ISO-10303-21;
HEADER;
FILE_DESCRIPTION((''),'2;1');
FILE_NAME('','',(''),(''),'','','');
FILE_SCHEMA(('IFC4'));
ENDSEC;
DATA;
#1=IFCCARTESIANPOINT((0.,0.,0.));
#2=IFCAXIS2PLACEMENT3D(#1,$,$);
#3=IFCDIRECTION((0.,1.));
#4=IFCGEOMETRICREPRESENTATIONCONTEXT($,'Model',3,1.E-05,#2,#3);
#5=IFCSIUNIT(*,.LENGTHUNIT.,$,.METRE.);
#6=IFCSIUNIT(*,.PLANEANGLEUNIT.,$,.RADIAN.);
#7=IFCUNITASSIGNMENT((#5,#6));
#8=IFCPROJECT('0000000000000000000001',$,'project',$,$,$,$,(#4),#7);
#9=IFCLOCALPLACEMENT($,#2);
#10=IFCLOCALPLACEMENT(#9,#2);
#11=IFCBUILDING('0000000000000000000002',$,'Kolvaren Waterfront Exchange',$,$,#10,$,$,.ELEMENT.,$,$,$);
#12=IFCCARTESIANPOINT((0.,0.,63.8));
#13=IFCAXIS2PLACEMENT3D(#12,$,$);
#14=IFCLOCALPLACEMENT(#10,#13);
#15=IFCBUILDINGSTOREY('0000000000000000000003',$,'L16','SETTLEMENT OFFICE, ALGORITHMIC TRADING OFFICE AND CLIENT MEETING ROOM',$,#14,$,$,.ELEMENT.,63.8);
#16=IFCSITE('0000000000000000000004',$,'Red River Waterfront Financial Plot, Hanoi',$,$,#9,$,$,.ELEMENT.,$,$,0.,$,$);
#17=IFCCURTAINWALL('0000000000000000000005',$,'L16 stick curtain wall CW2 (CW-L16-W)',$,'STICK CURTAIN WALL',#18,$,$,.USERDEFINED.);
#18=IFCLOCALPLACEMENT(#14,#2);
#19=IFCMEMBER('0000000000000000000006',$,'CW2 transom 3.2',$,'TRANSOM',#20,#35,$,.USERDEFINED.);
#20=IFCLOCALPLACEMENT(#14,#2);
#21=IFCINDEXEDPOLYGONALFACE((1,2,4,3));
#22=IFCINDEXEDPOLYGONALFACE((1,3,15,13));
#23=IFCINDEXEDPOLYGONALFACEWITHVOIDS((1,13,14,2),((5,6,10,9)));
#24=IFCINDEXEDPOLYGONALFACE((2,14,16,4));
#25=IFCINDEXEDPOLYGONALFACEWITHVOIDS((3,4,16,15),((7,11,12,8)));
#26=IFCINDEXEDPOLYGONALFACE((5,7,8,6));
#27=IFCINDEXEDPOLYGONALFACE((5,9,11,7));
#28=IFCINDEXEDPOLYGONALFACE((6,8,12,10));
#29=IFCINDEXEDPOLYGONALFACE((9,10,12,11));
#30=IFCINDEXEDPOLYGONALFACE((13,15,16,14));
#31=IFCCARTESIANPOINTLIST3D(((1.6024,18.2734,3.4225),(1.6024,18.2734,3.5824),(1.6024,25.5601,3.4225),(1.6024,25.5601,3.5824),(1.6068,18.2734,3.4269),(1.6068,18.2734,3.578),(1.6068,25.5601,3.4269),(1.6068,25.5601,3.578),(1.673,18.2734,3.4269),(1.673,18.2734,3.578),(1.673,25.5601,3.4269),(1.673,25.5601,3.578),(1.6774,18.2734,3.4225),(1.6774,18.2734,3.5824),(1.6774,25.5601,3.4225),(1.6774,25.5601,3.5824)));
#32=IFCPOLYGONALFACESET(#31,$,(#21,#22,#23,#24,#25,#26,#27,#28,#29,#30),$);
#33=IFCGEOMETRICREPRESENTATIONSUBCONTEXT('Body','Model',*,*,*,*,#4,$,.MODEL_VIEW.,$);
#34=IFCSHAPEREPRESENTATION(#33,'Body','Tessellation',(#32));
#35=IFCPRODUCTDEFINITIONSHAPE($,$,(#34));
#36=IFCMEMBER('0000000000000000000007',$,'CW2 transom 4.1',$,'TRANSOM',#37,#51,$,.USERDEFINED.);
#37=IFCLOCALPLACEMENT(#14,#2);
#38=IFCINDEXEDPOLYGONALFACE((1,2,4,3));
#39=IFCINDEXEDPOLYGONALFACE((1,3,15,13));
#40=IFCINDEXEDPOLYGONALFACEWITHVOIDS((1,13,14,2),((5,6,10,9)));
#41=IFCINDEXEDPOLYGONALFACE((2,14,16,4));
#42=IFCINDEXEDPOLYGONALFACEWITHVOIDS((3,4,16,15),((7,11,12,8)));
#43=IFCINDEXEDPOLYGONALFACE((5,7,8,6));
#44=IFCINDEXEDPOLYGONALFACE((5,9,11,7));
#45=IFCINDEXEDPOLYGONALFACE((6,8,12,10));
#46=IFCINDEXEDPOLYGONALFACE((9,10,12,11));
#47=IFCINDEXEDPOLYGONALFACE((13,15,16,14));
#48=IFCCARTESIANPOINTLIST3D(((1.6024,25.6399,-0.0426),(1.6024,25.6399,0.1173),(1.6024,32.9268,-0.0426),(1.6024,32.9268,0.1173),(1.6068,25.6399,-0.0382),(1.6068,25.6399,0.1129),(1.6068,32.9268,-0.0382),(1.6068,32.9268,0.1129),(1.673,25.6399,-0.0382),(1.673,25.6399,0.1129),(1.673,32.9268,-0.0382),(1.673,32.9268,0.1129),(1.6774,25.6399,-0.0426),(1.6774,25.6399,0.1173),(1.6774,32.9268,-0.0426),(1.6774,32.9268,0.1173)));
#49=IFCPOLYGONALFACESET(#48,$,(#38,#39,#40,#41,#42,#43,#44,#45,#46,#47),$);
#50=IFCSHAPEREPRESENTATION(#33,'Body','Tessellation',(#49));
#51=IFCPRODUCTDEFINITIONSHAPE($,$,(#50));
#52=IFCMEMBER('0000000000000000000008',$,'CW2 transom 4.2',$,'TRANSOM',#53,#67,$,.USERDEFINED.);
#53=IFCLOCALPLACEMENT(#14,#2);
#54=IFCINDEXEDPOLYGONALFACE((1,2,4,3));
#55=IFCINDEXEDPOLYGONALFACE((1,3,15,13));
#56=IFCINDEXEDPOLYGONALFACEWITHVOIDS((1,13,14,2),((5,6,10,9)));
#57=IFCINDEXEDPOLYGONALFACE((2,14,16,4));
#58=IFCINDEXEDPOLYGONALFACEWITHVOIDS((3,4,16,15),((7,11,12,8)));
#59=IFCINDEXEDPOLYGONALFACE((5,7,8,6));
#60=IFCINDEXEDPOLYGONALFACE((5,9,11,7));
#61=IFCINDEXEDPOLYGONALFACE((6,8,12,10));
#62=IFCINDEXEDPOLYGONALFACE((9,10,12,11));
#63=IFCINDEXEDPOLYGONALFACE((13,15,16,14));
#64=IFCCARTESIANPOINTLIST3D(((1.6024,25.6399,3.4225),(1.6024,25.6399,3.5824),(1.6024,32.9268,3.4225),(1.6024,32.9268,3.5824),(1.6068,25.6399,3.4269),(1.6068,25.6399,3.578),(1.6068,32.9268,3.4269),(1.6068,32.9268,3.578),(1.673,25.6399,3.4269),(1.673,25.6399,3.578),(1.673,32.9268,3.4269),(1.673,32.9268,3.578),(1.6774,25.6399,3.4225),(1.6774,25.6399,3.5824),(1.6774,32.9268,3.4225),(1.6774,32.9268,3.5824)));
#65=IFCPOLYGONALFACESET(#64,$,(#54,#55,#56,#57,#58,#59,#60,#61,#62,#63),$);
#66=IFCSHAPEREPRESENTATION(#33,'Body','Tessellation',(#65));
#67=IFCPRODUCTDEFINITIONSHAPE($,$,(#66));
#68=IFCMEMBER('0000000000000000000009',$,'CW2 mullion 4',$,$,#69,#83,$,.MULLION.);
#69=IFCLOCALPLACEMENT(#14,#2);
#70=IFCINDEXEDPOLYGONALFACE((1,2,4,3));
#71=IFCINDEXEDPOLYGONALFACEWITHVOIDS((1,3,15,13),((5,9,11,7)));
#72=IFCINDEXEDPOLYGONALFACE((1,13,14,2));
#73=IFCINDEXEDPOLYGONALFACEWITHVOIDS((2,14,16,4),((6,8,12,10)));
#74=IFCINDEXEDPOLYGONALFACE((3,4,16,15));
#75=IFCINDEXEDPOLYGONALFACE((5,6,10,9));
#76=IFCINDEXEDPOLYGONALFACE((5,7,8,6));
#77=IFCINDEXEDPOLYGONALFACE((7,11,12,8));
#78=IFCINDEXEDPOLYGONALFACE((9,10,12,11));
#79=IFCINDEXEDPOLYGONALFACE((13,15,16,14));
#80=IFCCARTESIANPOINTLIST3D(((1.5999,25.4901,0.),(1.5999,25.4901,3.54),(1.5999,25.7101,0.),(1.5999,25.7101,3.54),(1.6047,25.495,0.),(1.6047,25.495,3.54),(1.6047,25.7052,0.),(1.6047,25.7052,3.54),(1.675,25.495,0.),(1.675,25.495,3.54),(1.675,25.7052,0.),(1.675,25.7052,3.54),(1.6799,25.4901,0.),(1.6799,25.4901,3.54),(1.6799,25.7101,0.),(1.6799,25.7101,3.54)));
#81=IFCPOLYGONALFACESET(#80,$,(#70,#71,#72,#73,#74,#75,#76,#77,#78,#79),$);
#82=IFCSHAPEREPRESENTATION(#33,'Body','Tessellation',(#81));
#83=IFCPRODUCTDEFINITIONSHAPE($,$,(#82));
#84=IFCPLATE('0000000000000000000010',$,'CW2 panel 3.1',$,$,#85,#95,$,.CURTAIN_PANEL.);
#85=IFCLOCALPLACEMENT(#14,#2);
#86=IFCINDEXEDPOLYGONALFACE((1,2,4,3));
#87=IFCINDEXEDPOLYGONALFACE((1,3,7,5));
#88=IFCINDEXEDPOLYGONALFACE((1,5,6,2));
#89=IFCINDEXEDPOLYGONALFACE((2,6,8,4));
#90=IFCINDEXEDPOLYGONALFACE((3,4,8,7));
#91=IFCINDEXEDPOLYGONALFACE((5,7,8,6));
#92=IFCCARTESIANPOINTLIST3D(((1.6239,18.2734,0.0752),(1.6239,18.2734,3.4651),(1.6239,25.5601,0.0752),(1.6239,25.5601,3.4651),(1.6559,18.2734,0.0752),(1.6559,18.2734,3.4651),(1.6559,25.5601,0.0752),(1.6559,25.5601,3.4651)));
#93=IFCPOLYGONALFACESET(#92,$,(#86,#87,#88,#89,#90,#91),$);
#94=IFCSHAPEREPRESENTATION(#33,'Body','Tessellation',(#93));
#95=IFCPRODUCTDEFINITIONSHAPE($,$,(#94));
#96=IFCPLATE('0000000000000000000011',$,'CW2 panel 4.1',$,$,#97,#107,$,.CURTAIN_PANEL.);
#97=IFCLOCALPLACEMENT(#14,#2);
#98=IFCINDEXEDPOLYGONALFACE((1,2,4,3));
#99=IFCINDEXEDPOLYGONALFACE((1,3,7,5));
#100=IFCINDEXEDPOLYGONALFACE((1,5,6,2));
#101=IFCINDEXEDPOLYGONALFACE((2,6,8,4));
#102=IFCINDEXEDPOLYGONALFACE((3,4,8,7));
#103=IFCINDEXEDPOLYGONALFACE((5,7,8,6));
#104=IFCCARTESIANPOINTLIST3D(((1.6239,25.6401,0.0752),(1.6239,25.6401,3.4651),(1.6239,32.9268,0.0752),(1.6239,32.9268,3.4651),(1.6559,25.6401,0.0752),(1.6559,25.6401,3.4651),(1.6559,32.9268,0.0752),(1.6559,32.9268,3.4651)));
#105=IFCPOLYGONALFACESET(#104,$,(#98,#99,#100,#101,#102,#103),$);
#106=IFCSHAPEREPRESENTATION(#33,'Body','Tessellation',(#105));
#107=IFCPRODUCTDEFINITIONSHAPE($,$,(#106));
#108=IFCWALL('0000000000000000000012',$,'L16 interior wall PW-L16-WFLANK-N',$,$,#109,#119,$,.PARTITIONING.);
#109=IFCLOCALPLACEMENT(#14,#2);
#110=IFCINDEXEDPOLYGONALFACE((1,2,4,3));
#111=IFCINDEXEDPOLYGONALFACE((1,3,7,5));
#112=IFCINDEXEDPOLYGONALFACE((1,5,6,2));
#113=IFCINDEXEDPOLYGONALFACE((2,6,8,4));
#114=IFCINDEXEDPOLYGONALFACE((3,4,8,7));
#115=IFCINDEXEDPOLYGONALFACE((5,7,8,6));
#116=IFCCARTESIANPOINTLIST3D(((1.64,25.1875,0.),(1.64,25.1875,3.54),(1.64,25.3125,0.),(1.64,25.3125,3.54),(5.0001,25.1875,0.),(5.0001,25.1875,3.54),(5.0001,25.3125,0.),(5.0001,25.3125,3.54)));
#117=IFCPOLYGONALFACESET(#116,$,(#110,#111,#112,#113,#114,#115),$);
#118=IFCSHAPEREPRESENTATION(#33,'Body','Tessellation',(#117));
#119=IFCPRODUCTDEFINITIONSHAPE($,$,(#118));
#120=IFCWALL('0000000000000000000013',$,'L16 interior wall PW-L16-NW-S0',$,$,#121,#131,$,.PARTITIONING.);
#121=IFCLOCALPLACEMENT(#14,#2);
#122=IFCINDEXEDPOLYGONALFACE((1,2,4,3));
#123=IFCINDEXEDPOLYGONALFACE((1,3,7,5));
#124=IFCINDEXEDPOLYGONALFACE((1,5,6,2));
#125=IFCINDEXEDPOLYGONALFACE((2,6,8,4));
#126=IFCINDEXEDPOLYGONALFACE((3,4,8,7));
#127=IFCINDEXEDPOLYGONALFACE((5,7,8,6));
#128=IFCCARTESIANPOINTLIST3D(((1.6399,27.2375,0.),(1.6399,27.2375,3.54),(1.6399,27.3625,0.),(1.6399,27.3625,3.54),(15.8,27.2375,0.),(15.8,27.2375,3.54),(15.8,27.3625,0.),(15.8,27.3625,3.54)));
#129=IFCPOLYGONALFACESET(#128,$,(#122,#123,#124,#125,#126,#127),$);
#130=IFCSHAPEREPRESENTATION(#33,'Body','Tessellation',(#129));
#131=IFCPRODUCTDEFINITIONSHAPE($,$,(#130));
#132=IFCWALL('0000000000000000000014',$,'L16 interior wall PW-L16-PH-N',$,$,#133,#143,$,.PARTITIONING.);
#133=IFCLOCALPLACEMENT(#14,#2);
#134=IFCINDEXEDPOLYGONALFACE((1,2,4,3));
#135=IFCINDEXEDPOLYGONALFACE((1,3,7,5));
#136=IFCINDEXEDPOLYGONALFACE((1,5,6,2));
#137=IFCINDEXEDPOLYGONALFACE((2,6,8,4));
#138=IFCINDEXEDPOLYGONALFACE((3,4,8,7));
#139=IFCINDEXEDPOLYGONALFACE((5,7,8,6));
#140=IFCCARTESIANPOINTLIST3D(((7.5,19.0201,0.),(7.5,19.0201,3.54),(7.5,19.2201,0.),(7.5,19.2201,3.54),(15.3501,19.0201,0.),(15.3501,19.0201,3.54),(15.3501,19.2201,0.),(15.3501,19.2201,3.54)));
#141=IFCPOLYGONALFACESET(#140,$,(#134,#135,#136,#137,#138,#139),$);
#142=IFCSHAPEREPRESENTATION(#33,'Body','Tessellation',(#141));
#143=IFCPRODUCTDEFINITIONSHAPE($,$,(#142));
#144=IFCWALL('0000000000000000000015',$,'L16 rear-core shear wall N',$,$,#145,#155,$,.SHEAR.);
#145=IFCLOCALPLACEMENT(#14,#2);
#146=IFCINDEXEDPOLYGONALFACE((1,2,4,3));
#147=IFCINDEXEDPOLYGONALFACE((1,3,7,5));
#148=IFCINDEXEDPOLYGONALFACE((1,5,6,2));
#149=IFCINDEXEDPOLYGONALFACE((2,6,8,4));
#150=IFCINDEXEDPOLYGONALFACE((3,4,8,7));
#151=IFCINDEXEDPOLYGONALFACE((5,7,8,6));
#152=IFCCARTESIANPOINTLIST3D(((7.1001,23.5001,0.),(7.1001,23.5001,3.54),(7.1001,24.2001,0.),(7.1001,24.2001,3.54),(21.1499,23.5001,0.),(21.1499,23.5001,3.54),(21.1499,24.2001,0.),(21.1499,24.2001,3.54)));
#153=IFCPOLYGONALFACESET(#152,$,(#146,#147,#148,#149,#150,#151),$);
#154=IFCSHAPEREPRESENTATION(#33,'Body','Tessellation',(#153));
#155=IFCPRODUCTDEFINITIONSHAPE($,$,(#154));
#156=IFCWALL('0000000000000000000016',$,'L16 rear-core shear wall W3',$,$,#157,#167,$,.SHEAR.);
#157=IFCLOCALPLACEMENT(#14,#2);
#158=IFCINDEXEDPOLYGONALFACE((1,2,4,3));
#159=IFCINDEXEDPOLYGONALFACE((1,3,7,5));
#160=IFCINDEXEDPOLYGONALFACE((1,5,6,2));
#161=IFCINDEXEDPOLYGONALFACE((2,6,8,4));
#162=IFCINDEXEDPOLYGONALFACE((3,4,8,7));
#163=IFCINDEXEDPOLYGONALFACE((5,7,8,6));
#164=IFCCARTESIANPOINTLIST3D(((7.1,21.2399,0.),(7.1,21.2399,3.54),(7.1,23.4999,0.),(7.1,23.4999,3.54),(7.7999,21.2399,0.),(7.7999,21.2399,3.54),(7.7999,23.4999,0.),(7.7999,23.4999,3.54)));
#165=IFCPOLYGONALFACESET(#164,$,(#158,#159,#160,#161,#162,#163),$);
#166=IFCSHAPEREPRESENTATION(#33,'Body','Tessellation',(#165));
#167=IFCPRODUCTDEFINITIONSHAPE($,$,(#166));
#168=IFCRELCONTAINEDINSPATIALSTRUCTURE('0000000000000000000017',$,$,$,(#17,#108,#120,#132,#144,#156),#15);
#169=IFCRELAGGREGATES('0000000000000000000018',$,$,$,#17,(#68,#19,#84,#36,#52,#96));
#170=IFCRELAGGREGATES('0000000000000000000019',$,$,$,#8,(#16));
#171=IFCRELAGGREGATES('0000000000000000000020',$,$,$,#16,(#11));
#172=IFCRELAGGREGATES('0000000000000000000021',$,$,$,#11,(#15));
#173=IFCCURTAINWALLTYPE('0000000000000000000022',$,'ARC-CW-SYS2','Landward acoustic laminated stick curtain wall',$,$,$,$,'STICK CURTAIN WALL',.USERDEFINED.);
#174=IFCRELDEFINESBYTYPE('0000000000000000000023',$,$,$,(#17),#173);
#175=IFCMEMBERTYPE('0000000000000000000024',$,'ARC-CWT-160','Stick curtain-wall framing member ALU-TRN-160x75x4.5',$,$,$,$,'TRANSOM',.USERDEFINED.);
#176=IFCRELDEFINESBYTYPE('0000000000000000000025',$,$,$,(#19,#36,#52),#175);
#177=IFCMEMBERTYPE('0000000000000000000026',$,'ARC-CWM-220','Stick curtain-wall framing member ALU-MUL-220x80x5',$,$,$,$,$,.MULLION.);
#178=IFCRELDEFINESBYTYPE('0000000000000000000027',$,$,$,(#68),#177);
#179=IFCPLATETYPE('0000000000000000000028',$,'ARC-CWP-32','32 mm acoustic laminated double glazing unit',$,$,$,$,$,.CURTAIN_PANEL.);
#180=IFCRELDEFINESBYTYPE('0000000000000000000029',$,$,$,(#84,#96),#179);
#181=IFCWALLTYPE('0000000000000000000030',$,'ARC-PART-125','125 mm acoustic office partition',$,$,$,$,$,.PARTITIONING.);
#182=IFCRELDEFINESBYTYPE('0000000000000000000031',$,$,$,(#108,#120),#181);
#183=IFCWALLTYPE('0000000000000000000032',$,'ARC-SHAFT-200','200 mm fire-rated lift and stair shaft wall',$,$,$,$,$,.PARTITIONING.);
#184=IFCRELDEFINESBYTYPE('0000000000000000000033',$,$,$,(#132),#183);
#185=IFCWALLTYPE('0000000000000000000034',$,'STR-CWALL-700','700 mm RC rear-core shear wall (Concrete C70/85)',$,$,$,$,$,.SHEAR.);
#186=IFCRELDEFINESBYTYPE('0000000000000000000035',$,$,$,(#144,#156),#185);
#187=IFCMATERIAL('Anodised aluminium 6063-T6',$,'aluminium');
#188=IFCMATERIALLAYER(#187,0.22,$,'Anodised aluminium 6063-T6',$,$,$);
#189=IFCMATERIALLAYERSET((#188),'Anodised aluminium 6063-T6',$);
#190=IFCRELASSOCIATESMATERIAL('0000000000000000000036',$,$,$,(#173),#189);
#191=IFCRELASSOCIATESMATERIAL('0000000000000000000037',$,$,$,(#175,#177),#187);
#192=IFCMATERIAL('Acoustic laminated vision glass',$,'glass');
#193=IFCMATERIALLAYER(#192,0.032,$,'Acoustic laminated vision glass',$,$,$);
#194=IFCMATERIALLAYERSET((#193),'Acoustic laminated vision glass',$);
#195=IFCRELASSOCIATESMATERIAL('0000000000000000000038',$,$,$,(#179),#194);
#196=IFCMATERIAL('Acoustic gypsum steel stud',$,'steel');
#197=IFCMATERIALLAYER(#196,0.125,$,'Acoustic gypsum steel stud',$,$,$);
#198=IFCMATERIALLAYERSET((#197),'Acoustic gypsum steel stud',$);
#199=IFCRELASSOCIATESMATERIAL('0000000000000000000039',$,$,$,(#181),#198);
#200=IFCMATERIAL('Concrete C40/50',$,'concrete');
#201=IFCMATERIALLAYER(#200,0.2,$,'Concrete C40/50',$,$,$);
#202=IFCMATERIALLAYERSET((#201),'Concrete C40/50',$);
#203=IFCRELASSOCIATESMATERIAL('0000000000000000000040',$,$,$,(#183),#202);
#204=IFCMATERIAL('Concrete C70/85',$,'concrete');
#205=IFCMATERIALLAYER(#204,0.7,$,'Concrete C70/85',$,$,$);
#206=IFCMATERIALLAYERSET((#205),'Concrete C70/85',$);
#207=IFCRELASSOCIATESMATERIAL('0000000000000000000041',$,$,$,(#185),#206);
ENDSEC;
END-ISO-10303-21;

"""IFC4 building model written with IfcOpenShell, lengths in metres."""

from ifc_helpers import new_model, si_unit, direction, frame, frame_2d, origin, origin_with_axes, origin_2d, place, context, subcontext, project, spatial, rectangle, hollow_rectangle, extrude, source, transform, mapped, material, layer, layer_set, material_profile, profile_set, type_object, element, aggregate, save


model = new_model("IFC4")

# Units and contexts
model_context = context("Model", 3, precision=1e-05, world=origin(), true_north=direction((0.0, 1.0)))
body_context = subcontext(model_context, "Body", "Model", "MODEL_VIEW")
ifc_project = project(units=[si_unit("LENGTHUNIT", "METRE"), si_unit("PLANEANGLEUNIT", "RADIAN")], contexts=[model_context])

# Site, building, storey
site_placement = place(None, origin())
site = spatial("IfcSite", under=ifc_project, at=site_placement, Name="Red River Waterfront Financial Plot, Hanoi", CompositionType="ELEMENT", RefElevation=0.0)
building_placement = place(site_placement, origin())
building = spatial("IfcBuilding", under=site, at=building_placement, Name="Kolvaren Waterfront Exchange", CompositionType="ELEMENT")
storey_placement = place(building_placement, frame((0.0, 0.0, 63.8)))
storey = spatial("IfcBuildingStorey", under=building, at=storey_placement, Name="L16", Description="SETTLEMENT OFFICE, ALGORITHMIC TRADING OFFICE AND CLIENT MEETING ROOM", CompositionType="ELEMENT", Elevation=63.8)

# Shared definitions
ifc_material_1 = material(Name="Concrete C70/85", Category="concrete")

# Curtain wall, members, plates
ifc_material_2 = material(Name="Anodised aluminium 6063-T6", Category="aluminium")
ifc_layer_1 = layer(ifc_material_2, 0.22, Name="Anodised aluminium 6063-T6")
ifc_layer_set_1 = layer_set([ifc_layer_1], Name="Anodised aluminium 6063-T6")
curtain_wall_type = type_object("IfcCurtainWallType", Name="ARC-CW-SYS2", Description="Landward acoustic laminated stick curtain wall", ElementType="STICK CURTAIN WALL", PredefinedType="USERDEFINED", material=ifc_layer_set_1)
curtain_wall_placement = place(storey_placement, origin())
curtain_wall = element("IfcCurtainWall", 1, at=curtain_wall_placement, inside=storey, type_object=curtain_wall_type, Name="L16 stick curtain wall CW2 (CW-L16-W)", ObjectType="STICK CURTAIN WALL", PredefinedType="USERDEFINED")
ifc_material_profile_1 = material_profile(ifc_material_2, hollow_rectangle(XDim=0.075, YDim=0.1599, WallThickness=0.0044, at=origin_2d()), Name="ALU-TRN-160x75x4.5")
ifc_profile_set_1 = profile_set([ifc_material_profile_1], Name="Anodised aluminium 6063-T6")
member_type_1 = type_object("IfcMemberType", Name="ARC-CWT-160", Description="Stick curtain-wall framing member ALU-TRN-160x75x4.5", ElementType="TRANSOM", PredefinedType="USERDEFINED", material=ifc_profile_set_1)
shared_shape_1 = source(origin_with_axes(), body_context, "Body", "SweptSolid", [
    extrude(hollow_rectangle(XDim=0.075, YDim=0.1599, WallThickness=0.0044, at=origin_2d()), origin(), (0.0, 0.0, 1.0), 7.2866),
])
member_1_placement = place(storey_placement, frame((1.6399, 18.2734, 3.5024), z_axis=(0.0, 1.0, 0.0), x_axis=(-1.0, 0.0, 0.0)))
member_1 = element("IfcMember", 2, at=member_1_placement, type_object=member_type_1, Name="CW2 transom 3.2", ObjectType="TRANSOM", PredefinedType="USERDEFINED", context=body_context, shape_type="MappedRepresentation", body=[
    mapped(shared_shape_1, transform((0.0, 0.0, 0.0), x_axis=(1.0, 0.0, 0.0), y_axis=(0.0, 1.0, 0.0), z_axis=(0.0, 0.0, 1.0), scale=1.0)),
])
shared_shape_2 = source(origin_with_axes(), body_context, "Body", "SweptSolid", [
    extrude(hollow_rectangle(XDim=0.075, YDim=0.1599, WallThickness=0.0044, at=origin_2d()), origin(), (0.0, 0.0, 1.0), 7.2869),
])
member_2_placement = place(storey_placement, frame((1.6399, 25.6399, 0.0374), z_axis=(0.0, 1.0, 0.0), x_axis=(-1.0, 0.0, 0.0)))
member_2 = element("IfcMember", 3, at=member_2_placement, type_object=member_type_1, Name="CW2 transom 4.1", ObjectType="TRANSOM", PredefinedType="USERDEFINED", context=body_context, shape_type="MappedRepresentation", body=[
    mapped(shared_shape_2, transform((0.0, 0.0, 0.0), x_axis=(1.0, 0.0, 0.0), y_axis=(0.0, 1.0, 0.0), z_axis=(0.0, 0.0, 1.0), scale=1.0)),
])
member_3_placement = place(storey_placement, frame((1.6399, 25.6399, 3.5024), z_axis=(0.0, 1.0, 0.0), x_axis=(-1.0, 0.0, 0.0)))
member_3 = element("IfcMember", 4, at=member_3_placement, type_object=member_type_1, Name="CW2 transom 4.2", ObjectType="TRANSOM", PredefinedType="USERDEFINED", context=body_context, shape_type="MappedRepresentation", body=[
    mapped(shared_shape_2, transform((0.0, 0.0, 0.0), x_axis=(1.0, 0.0, 0.0), y_axis=(0.0, 1.0, 0.0), z_axis=(0.0, 0.0, 1.0), scale=1.0)),
])
ifc_material_profile_2 = material_profile(ifc_material_2, hollow_rectangle(XDim=0.0801, YDim=0.22, WallThickness=0.0049, at=origin_2d()), Name="ALU-MUL-220x80x5")
ifc_profile_set_2 = profile_set([ifc_material_profile_2], Name="Anodised aluminium 6063-T6")
member_type_2 = type_object("IfcMemberType", Name="ARC-CWM-220", Description="Stick curtain-wall framing member ALU-MUL-220x80x5", PredefinedType="MULLION", material=ifc_profile_set_2)
shared_shape_3 = source(origin_with_axes(), body_context, "Body", "SweptSolid", [
    extrude(hollow_rectangle(XDim=0.0801, YDim=0.22, WallThickness=0.0049, at=origin_2d()), origin(), (0.0, 0.0, 1.0), 3.54),
])
member_4_placement = place(storey_placement, frame((1.6399, 25.6001, 0.0), z_axis=(0.0, 0.0, 1.0), x_axis=(-1.0, 0.0, 0.0)))
member_4 = element("IfcMember", 5, at=member_4_placement, type_object=member_type_2, Name="CW2 mullion 4", PredefinedType="MULLION", context=body_context, shape_type="MappedRepresentation", body=[
    mapped(shared_shape_3, transform((0.0, 0.0, 0.0), x_axis=(1.0, 0.0, 0.0), y_axis=(0.0, 1.0, 0.0), z_axis=(0.0, 0.0, 1.0), scale=1.0)),
])
ifc_material_3 = material(Name="Acoustic laminated vision glass", Category="glass")
ifc_layer_2 = layer(ifc_material_3, 0.032, Name="Acoustic laminated vision glass")
ifc_layer_set_2 = layer_set([ifc_layer_2], Name="Acoustic laminated vision glass")
plate_type = type_object("IfcPlateType", Name="ARC-CWP-32", Description="32 mm acoustic laminated double glazing unit", PredefinedType="CURTAIN_PANEL", material=ifc_layer_set_2)
shared_shape_4 = source(origin_with_axes(), body_context, "Body", "SweptSolid", [
    extrude(rectangle(XDim=7.2866, YDim=0.032, at=origin_2d()), origin(), (0.0, 0.0, 1.0), 3.3899),
])
plate_1_placement = place(storey_placement, frame((1.6399, 21.9167, 0.0752), z_axis=(0.0, 0.0, 1.0), x_axis=(0.0, 1.0, 0.0)))
plate_1 = element("IfcPlate", 6, at=plate_1_placement, type_object=plate_type, Name="CW2 panel 3.1", PredefinedType="CURTAIN_PANEL", context=body_context, shape_type="MappedRepresentation", body=[
    mapped(shared_shape_4, transform((0.0, 0.0, 0.0), x_axis=(1.0, 0.0, 0.0), y_axis=(0.0, 1.0, 0.0), z_axis=(0.0, 0.0, 1.0), scale=1.0)),
])
plate_2_placement = place(storey_placement, frame((1.6399, 29.2834, 0.0752), z_axis=(0.0, 0.0, 1.0), x_axis=(0.0, 1.0, 0.0)))
plate_2 = element("IfcPlate", 7, at=plate_2_placement, type_object=plate_type, Name="CW2 panel 4.1", PredefinedType="CURTAIN_PANEL", context=body_context, shape_type="MappedRepresentation", body=[
    mapped(shared_shape_4, transform((0.0, 0.0, 0.0), x_axis=(1.0, 0.0, 0.0), y_axis=(0.0, 1.0, 0.0), z_axis=(0.0, 0.0, 1.0), scale=1.0)),
])
aggregate(curtain_wall, [member_4, member_1, plate_1, member_2, member_3, plate_2])

# Walls
ifc_material_4 = material(Name="Acoustic gypsum steel stud", Category="steel")
ifc_layer_3 = layer(ifc_material_4, 0.125, Name="Acoustic gypsum steel stud")
ifc_layer_set_3 = layer_set([ifc_layer_3], Name="Acoustic gypsum steel stud")
wall_type_1 = type_object("IfcWallType", Name="ARC-PART-125", Description="125 mm acoustic office partition", PredefinedType="PARTITIONING", material=ifc_layer_set_3)
wall_1_placement = place(storey_placement, frame((1.6399, 25.25, 0.0), z_axis=(0.0, 0.0, 1.0), x_axis=(1.0, 0.0, 0.0)))
element("IfcWall", 8, at=wall_1_placement, inside=storey, type_object=wall_type_1, Name="L16 interior wall PW-L16-WFLANK-N", PredefinedType="PARTITIONING", context=body_context, shape_type="SweptSolid", body=[
    extrude(rectangle(XDim=3.3601, YDim=0.125, at=frame_2d((1.6802, 0.0))), origin(), (0.0, 0.0, 1.0), 3.54),
])
wall_2_placement = place(storey_placement, frame((1.6399, 27.3, 0.0), z_axis=(0.0, 0.0, 1.0), x_axis=(1.0, 0.0, 0.0)))
element("IfcWall", 9, at=wall_2_placement, inside=storey, type_object=wall_type_1, Name="L16 interior wall PW-L16-NW-S0", PredefinedType="PARTITIONING", context=body_context, shape_type="SweptSolid", body=[
    extrude(rectangle(XDim=14.1602, YDim=0.125, at=frame_2d((7.0801, 0.0))), origin(), (0.0, 0.0, 1.0), 3.54),
])
ifc_material_5 = material(Name="Concrete C40/50", Category="concrete")
ifc_layer_4 = layer(ifc_material_5, 0.2, Name="Concrete C40/50")
ifc_layer_set_4 = layer_set([ifc_layer_4], Name="Concrete C40/50")
wall_type_2 = type_object("IfcWallType", Name="ARC-SHAFT-200", Description="200 mm fire-rated lift and stair shaft wall", PredefinedType="PARTITIONING", material=ifc_layer_set_4)
wall_3_placement = place(storey_placement, frame((7.5, 19.1201, 0.0), z_axis=(0.0, 0.0, 1.0), x_axis=(1.0, 0.0, 0.0)))
element("IfcWall", 10, at=wall_3_placement, inside=storey, type_object=wall_type_2, Name="L16 interior wall PW-L16-PH-N", PredefinedType="PARTITIONING", context=body_context, shape_type="SweptSolid", body=[
    extrude(rectangle(XDim=7.8501, YDim=0.2, at=frame_2d((3.925, 0.0))), origin(), (0.0, 0.0, 1.0), 3.54),
])
ifc_layer_5 = layer(ifc_material_1, 0.7, Name="Concrete C70/85")
ifc_layer_set_5 = layer_set([ifc_layer_5], Name="Concrete C70/85")
wall_type_3 = type_object("IfcWallType", Name="STR-CWALL-700", Description="700 mm RC rear-core shear wall (Concrete C70/85)", PredefinedType="SHEAR", material=ifc_layer_set_5)
wall_4_placement = place(storey_placement, frame((7.1001, 23.8501, 0.0), z_axis=(0.0, 0.0, 1.0), x_axis=(1.0, 0.0, 0.0)))
element("IfcWall", 11, at=wall_4_placement, inside=storey, type_object=wall_type_3, Name="L16 rear-core shear wall N", PredefinedType="SHEAR", context=body_context, shape_type="SweptSolid", body=[
    extrude(rectangle(XDim=14.0498, YDim=0.7, at=frame_2d((7.0249, 0.0))), origin(), (0.0, 0.0, 1.0), 3.54),
])
wall_5_placement = place(storey_placement, frame((7.45, 21.24, 0.0), z_axis=(0.0, 0.0, 1.0), x_axis=(0.0, 1.0, 0.0)))
element("IfcWall", 12, at=wall_5_placement, inside=storey, type_object=wall_type_3, Name="L16 rear-core shear wall W3", PredefinedType="SHEAR", context=body_context, shape_type="SweptSolid", body=[
    extrude(rectangle(XDim=2.26, YDim=0.7, at=frame_2d((1.1299, 0.0))), origin(), (0.0, 0.0, 1.0), 3.54),
])

save(model, "model.ifc")
